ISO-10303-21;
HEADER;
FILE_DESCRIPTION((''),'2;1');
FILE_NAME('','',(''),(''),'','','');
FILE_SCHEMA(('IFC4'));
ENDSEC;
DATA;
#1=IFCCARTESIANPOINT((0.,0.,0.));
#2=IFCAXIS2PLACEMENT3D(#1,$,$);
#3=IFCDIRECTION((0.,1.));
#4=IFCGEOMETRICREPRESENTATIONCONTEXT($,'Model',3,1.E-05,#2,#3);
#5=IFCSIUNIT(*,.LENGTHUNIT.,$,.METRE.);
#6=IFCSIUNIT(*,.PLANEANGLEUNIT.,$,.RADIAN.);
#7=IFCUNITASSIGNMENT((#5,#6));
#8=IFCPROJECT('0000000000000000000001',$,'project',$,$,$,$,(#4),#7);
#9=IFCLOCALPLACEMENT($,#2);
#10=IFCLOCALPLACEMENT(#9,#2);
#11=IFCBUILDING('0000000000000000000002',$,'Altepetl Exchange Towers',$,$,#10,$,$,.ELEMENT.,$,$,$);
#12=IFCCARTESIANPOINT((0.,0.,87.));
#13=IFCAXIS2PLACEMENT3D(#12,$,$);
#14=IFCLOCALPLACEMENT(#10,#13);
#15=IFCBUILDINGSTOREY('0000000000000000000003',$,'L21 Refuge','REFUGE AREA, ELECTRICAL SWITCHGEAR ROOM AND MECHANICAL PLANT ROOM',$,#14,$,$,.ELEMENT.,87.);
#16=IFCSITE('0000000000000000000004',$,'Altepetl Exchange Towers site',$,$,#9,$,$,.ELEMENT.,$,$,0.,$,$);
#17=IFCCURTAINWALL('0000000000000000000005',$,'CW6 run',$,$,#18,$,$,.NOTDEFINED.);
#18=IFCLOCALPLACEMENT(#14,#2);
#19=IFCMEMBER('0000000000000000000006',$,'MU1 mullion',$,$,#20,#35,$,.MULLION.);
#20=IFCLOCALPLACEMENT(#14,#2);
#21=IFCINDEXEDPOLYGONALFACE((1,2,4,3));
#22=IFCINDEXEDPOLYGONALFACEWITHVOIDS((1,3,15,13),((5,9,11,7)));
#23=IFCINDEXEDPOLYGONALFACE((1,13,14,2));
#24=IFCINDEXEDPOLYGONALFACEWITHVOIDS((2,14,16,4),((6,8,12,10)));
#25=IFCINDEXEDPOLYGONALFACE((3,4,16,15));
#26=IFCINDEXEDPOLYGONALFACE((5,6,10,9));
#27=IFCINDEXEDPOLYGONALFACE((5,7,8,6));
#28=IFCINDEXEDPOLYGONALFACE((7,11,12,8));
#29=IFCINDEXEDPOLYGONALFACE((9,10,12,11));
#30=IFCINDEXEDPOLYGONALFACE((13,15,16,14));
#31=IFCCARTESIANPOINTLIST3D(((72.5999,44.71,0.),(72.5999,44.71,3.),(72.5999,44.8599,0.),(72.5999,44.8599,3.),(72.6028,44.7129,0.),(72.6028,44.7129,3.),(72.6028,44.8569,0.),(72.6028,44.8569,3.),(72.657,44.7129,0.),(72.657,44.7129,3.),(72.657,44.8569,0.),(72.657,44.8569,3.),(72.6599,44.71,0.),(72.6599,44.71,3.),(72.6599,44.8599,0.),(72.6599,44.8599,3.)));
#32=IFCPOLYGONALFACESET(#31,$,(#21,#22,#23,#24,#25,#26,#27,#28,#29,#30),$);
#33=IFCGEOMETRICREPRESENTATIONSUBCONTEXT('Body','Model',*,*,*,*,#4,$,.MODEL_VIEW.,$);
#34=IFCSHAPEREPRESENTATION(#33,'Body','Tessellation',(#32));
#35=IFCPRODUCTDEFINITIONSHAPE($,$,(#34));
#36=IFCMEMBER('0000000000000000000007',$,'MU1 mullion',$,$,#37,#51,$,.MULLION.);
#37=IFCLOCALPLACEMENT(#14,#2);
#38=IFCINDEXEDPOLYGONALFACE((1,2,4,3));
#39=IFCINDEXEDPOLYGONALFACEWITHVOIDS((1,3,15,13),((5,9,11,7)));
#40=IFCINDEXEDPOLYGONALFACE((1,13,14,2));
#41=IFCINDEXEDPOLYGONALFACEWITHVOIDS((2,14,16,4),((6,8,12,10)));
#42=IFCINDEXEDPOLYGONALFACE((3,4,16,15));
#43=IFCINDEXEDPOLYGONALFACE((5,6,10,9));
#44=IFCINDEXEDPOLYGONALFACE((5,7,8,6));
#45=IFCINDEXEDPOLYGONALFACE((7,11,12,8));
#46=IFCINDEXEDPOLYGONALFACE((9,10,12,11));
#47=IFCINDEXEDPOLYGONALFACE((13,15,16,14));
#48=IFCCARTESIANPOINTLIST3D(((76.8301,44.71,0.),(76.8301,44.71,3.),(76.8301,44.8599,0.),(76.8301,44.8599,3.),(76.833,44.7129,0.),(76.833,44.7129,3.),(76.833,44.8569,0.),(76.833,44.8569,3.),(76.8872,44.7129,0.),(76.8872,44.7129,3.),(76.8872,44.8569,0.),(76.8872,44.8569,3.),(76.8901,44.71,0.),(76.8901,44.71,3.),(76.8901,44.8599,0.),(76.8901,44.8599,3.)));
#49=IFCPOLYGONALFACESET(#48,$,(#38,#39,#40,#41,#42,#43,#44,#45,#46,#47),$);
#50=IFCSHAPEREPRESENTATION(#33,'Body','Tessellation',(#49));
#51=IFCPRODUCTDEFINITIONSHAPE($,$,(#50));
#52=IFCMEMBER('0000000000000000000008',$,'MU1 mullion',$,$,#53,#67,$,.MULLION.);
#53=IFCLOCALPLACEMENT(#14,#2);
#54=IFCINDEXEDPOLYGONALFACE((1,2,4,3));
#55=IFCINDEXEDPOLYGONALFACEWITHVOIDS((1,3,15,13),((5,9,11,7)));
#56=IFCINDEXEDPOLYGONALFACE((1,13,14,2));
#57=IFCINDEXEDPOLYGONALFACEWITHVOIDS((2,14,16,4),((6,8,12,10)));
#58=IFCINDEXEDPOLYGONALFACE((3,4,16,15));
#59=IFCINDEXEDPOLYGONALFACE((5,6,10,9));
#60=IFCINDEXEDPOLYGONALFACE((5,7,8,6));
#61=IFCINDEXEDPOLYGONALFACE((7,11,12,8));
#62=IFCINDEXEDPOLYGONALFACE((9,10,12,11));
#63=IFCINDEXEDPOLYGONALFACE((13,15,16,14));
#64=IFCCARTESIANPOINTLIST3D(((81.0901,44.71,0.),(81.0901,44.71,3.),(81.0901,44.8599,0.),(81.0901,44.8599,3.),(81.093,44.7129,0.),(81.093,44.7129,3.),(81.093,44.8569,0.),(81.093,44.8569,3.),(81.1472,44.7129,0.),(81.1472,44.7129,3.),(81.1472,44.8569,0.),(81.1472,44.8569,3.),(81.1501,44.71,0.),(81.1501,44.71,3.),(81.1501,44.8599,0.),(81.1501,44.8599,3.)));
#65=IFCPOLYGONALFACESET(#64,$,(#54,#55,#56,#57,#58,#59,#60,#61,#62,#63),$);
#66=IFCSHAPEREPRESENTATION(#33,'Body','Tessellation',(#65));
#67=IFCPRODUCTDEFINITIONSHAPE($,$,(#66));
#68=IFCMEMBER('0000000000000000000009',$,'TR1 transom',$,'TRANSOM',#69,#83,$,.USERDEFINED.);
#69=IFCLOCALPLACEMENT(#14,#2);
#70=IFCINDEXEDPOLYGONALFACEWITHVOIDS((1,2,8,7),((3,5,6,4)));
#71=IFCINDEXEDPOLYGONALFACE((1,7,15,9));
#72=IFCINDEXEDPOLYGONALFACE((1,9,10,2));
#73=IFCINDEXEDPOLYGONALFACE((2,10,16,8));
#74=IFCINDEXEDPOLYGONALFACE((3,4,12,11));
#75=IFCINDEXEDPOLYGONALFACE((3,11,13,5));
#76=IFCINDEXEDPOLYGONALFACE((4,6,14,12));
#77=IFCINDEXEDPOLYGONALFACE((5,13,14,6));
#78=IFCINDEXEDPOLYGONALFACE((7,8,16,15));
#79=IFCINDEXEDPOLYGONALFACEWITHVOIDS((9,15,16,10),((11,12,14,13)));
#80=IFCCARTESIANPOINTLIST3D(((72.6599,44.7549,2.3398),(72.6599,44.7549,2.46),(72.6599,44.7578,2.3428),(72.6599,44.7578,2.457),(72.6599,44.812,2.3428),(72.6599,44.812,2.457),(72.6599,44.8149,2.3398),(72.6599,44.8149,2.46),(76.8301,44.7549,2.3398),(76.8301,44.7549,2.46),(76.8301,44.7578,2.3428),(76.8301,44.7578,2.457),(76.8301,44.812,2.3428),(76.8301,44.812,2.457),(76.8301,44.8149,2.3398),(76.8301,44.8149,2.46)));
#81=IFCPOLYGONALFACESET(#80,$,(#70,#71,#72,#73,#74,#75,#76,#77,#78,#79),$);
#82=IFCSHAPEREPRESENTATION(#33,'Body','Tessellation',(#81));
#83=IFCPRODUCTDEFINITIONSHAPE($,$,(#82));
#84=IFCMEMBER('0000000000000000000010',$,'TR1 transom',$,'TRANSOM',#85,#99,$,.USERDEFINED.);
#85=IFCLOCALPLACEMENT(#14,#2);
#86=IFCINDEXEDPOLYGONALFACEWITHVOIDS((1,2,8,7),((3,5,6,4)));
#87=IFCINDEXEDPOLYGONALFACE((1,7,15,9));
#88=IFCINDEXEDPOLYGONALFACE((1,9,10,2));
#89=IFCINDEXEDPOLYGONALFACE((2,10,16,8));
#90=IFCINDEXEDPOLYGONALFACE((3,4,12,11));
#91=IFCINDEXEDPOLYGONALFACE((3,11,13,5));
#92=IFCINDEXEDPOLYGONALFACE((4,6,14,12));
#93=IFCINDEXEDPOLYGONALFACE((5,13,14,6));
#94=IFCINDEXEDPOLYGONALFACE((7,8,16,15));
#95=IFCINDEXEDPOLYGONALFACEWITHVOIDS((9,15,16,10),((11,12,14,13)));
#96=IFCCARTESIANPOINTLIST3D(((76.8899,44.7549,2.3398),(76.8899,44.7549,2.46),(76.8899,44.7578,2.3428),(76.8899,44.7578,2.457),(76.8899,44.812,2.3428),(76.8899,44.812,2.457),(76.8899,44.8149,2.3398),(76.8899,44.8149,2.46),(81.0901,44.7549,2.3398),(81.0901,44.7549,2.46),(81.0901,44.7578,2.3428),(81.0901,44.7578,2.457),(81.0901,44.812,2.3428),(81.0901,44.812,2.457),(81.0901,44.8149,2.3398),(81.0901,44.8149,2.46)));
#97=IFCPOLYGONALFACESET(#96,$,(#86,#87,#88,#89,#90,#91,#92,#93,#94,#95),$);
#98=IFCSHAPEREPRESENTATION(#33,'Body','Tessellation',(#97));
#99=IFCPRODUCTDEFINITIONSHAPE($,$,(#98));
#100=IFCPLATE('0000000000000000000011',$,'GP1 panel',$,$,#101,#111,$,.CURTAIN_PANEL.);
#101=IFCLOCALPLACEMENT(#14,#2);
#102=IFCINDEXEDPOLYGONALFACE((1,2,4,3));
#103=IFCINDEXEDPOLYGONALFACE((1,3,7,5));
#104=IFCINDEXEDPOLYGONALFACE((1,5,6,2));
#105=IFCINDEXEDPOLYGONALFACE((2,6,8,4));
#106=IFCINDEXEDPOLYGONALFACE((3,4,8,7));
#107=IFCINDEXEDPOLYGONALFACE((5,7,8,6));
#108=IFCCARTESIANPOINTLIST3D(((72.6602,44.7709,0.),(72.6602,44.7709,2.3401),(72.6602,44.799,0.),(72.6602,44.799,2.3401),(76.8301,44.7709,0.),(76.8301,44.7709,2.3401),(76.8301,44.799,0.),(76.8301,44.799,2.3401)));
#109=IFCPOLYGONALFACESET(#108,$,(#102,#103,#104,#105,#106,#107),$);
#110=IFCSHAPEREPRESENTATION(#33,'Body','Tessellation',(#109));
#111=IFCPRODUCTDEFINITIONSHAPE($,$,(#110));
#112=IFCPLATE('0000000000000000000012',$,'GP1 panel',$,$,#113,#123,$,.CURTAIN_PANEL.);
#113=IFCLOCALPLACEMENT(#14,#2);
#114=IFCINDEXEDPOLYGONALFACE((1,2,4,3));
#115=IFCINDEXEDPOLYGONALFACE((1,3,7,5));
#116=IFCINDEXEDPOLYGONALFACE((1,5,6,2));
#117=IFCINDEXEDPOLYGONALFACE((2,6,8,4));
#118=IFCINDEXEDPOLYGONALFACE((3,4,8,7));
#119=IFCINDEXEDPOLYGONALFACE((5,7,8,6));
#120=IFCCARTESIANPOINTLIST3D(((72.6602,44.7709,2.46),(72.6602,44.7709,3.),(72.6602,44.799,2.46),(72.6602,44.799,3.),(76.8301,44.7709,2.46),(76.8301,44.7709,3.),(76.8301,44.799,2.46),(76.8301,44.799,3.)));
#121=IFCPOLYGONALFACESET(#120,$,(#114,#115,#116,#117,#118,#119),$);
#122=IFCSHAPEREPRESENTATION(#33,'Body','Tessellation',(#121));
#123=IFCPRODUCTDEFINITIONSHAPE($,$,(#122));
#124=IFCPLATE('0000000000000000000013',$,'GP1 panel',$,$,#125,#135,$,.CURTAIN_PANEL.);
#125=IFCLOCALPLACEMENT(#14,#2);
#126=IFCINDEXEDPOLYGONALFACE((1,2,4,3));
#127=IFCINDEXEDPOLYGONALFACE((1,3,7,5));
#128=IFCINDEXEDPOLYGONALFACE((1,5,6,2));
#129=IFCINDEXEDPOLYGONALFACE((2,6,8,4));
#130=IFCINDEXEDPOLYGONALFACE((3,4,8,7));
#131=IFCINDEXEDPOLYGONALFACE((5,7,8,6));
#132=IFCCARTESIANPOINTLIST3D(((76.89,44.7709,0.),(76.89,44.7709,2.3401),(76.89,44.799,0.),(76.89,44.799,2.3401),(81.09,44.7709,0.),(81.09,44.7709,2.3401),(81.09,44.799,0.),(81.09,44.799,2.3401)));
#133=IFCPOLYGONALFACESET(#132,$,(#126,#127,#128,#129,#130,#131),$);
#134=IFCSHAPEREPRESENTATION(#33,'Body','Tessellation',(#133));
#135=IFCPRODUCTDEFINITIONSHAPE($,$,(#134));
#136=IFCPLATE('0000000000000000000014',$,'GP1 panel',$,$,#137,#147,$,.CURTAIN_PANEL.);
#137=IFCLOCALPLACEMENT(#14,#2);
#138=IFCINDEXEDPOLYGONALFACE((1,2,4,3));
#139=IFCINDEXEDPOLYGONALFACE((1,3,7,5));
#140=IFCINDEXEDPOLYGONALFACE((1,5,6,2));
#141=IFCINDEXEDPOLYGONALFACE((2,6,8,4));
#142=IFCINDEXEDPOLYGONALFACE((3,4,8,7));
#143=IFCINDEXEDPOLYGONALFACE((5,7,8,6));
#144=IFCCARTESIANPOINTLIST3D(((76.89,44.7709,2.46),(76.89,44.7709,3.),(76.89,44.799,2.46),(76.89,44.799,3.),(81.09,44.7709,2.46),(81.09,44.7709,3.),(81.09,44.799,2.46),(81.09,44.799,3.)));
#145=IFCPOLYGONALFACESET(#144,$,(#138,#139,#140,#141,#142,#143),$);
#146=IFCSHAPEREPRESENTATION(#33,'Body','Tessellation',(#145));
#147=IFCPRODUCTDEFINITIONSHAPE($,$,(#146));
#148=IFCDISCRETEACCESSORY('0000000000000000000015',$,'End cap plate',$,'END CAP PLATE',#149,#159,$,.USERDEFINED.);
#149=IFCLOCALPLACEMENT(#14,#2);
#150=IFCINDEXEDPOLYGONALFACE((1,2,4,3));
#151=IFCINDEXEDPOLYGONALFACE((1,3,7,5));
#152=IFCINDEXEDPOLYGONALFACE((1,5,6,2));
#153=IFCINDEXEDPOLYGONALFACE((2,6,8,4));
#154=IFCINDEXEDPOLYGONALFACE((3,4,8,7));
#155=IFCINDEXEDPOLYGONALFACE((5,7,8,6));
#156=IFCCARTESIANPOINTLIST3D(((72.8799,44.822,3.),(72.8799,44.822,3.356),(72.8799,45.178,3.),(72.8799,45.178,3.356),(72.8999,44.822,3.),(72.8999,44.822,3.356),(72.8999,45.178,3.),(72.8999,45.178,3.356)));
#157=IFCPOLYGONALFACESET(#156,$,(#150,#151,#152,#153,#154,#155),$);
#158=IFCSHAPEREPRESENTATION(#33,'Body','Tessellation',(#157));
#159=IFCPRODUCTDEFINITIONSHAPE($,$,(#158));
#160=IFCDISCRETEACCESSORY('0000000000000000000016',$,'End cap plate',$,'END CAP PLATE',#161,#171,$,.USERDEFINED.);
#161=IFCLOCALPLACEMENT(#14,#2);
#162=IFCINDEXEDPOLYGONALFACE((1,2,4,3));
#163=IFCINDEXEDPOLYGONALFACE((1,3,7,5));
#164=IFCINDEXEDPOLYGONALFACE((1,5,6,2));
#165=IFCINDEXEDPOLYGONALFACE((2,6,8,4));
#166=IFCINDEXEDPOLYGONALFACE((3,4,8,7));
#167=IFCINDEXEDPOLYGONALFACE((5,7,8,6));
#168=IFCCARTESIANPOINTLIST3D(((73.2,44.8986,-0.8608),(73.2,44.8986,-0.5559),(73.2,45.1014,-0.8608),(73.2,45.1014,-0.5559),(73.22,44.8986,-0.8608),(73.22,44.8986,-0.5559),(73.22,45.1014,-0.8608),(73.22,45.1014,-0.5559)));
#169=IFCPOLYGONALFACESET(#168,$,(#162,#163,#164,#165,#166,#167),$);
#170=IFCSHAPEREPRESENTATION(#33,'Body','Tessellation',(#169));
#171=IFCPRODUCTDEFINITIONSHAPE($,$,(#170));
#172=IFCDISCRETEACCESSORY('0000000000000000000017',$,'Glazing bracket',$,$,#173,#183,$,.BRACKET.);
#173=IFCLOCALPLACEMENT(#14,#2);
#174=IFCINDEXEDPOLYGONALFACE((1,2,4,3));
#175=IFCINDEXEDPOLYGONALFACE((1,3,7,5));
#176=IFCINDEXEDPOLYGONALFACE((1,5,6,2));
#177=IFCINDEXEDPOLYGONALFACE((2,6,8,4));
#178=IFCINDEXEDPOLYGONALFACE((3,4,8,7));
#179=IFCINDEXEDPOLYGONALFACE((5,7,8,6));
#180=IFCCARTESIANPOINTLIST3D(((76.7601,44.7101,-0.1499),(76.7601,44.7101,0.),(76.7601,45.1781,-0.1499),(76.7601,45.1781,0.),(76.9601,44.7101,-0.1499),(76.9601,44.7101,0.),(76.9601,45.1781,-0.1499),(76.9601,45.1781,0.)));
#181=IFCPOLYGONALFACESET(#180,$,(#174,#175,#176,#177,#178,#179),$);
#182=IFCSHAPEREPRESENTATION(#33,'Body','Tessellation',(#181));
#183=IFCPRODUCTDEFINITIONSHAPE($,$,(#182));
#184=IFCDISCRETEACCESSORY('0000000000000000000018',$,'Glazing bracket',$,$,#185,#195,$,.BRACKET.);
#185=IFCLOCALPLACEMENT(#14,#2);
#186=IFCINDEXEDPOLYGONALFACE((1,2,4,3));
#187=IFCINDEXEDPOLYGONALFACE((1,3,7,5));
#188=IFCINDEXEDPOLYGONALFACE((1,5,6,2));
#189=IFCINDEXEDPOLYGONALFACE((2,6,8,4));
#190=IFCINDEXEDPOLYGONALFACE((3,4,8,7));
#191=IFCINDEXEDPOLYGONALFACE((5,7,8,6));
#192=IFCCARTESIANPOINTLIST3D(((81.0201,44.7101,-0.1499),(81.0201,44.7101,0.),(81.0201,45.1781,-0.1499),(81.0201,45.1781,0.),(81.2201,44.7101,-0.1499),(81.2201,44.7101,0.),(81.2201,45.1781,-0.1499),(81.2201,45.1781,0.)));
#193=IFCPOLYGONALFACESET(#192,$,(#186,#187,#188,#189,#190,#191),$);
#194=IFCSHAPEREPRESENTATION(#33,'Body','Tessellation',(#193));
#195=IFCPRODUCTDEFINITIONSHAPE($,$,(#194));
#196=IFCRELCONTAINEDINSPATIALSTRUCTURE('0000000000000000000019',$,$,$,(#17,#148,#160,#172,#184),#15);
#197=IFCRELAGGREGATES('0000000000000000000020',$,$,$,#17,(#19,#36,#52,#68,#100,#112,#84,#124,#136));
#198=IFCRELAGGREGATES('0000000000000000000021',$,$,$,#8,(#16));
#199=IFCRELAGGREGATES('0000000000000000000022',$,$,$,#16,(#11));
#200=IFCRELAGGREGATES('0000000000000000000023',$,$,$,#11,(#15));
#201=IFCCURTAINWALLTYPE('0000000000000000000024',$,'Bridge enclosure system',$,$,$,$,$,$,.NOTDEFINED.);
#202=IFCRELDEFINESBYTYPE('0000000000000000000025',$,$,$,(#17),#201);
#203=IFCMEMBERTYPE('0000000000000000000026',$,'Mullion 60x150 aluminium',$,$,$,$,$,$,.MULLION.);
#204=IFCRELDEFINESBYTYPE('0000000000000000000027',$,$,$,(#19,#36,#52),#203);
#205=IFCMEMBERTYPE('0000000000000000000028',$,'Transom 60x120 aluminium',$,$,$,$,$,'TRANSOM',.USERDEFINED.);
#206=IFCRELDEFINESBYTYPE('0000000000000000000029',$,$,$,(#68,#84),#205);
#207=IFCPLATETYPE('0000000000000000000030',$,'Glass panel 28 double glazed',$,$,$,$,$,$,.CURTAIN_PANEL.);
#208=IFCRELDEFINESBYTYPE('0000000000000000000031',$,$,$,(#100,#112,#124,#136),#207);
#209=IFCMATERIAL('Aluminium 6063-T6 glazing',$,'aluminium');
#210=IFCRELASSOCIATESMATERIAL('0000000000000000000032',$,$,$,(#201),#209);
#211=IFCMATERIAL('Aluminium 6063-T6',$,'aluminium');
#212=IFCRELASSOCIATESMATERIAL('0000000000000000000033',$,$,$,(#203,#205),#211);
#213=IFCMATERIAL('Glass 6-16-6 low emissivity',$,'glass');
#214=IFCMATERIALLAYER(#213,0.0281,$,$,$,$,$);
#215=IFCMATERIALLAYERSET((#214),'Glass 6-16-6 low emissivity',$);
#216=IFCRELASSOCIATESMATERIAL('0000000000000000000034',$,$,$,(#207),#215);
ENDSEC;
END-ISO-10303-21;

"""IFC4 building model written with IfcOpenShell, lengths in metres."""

from ifc_helpers import new_model, si_unit, direction, frame, origin, origin_2d, place, context, subcontext, project, spatial, rectangle, hollow_rectangle, extrude, material, layer, layer_set, material_profile, profile_set, type_object, element, aggregate, save


model = new_model("IFC4")

# Units and contexts
model_context = context("Model", 3, precision=1e-05, world=origin(), true_north=direction((0.0, 1.0)))
body_context = subcontext(model_context, "Body", "Model", "MODEL_VIEW")
ifc_project = project(units=[si_unit("LENGTHUNIT", "METRE"), si_unit("PLANEANGLEUNIT", "RADIAN")], contexts=[model_context])

# Site, building, storey
site_placement = place(None, origin())
site = spatial("IfcSite", under=ifc_project, at=site_placement, Name="Altepetl Exchange Towers site", CompositionType="ELEMENT", RefElevation=0.0)
building_placement = place(site_placement, origin())
building = spatial("IfcBuilding", under=site, at=building_placement, Name="Altepetl Exchange Towers", CompositionType="ELEMENT")
storey_placement = place(building_placement, frame((0.0, 0.0, 87.0)))
storey = spatial("IfcBuildingStorey", under=building, at=storey_placement, Name="L21 Refuge", Description="REFUGE AREA, ELECTRICAL SWITCHGEAR ROOM AND MECHANICAL PLANT ROOM", CompositionType="ELEMENT", Elevation=87.0)

# Curtain wall, members, plates
ifc_material_1 = material(Name="Aluminium 6063-T6 glazing", Category="aluminium")
curtain_wall_type = type_object("IfcCurtainWallType", Name="Bridge enclosure system", PredefinedType="NOTDEFINED", material=ifc_material_1)
curtain_wall_placement = place(storey_placement, origin())
curtain_wall = element("IfcCurtainWall", 1, at=curtain_wall_placement, inside=storey, type_object=curtain_wall_type, Name="CW6 run", PredefinedType="NOTDEFINED")
ifc_material_2 = material(Name="Aluminium 6063-T6", Category="aluminium")
ifc_material_profile_1 = material_profile(ifc_material_2, hollow_rectangle(XDim=0.0601, YDim=0.1499, WallThickness=0.0029, at=origin_2d()), Name="Mullion 60x150 aluminium")
ifc_profile_set_1 = profile_set([ifc_material_profile_1], Name="Aluminium 6063-T6")
member_type_1 = type_object("IfcMemberType", Name="Mullion 60x150 aluminium", PredefinedType="MULLION", material=ifc_profile_set_1)
member_1_placement = place(storey_placement, frame((72.6299, 44.7849, 0.0)))
member_1 = element("IfcMember", 2, at=member_1_placement, type_object=member_type_1, Name="MU1 mullion", PredefinedType="MULLION", context=body_context, shape_type="SweptSolid", body=[
    extrude(hollow_rectangle(XDim=0.0601, YDim=0.1499, WallThickness=0.0029, at=origin_2d()), origin(), (0.0, 0.0, 1.0), 3.0),
])
member_2_placement = place(storey_placement, frame((76.8601, 44.7849, 0.0)))
member_2 = element("IfcMember", 3, at=member_2_placement, type_object=member_type_1, Name="MU1 mullion", PredefinedType="MULLION", context=body_context, shape_type="SweptSolid", body=[
    extrude(hollow_rectangle(XDim=0.0601, YDim=0.1499, WallThickness=0.0029, at=origin_2d()), origin(), (0.0, 0.0, 1.0), 3.0),
])
member_3_placement = place(storey_placement, frame((81.1201, 44.7849, 0.0)))
member_3 = element("IfcMember", 4, at=member_3_placement, type_object=member_type_1, Name="MU1 mullion", PredefinedType="MULLION", context=body_context, shape_type="SweptSolid", body=[
    extrude(hollow_rectangle(XDim=0.0601, YDim=0.1499, WallThickness=0.0029, at=origin_2d()), origin(), (0.0, 0.0, 1.0), 3.0),
])
ifc_material_profile_2 = material_profile(ifc_material_2, hollow_rectangle(XDim=0.0601, YDim=0.1201, WallThickness=0.0029, at=origin_2d()), Name="Transom 60x120 aluminium")
ifc_profile_set_2 = profile_set([ifc_material_profile_2], Name="Aluminium 6063-T6")
member_type_2 = type_object("IfcMemberType", Name="Transom 60x120 aluminium", ElementType="TRANSOM", PredefinedType="USERDEFINED", material=ifc_profile_set_2)
member_4_placement = place(storey_placement, frame((72.6599, 44.7849, 2.3999), z_axis=(1.0, 0.0, 0.0), x_axis=(0.0, 1.0, 0.0)))
member_4 = element("IfcMember", 5, at=member_4_placement, type_object=member_type_2, Name="TR1 transom", ObjectType="TRANSOM", PredefinedType="USERDEFINED", context=body_context, shape_type="SweptSolid", body=[
    extrude(hollow_rectangle(XDim=0.0601, YDim=0.1201, WallThickness=0.0029, at=origin_2d()), origin(), (0.0, 0.0, 1.0), 4.1702),
])
member_5_placement = place(storey_placement, frame((76.8899, 44.7849, 2.3999), z_axis=(1.0, 0.0, 0.0), x_axis=(0.0, 1.0, 0.0)))
member_5 = element("IfcMember", 6, at=member_5_placement, type_object=member_type_2, Name="TR1 transom", ObjectType="TRANSOM", PredefinedType="USERDEFINED", context=body_context, shape_type="SweptSolid", body=[
    extrude(hollow_rectangle(XDim=0.0601, YDim=0.1201, WallThickness=0.0029, at=origin_2d()), origin(), (0.0, 0.0, 1.0), 4.2002),
])
ifc_material_3 = material(Name="Glass 6-16-6 low emissivity", Category="glass")
ifc_layer = layer(ifc_material_3, 0.0281)
ifc_layer_set = layer_set([ifc_layer], Name="Glass 6-16-6 low emissivity")
plate_type = type_object("IfcPlateType", Name="Glass panel 28 double glazed", PredefinedType="CURTAIN_PANEL", material=ifc_layer_set)
plate_1_placement = place(storey_placement, frame((74.7451, 44.7849, 0.0)))
plate_1 = element("IfcPlate", 7, at=plate_1_placement, type_object=plate_type, Name="GP1 panel", PredefinedType="CURTAIN_PANEL", context=body_context, shape_type="SweptSolid", body=[
    extrude(rectangle(XDim=4.1699, YDim=0.0281, at=origin_2d()), origin(), (0.0, 0.0, 1.0), 2.3401),
])
plate_2_placement = place(storey_placement, frame((74.7451, 44.7849, 2.46)))
plate_2 = element("IfcPlate", 8, at=plate_2_placement, type_object=plate_type, Name="GP1 panel", PredefinedType="CURTAIN_PANEL", context=body_context, shape_type="SweptSolid", body=[
    extrude(rectangle(XDim=4.1699, YDim=0.0281, at=origin_2d()), origin(), (0.0, 0.0, 1.0), 0.54),
])
plate_3_placement = place(storey_placement, frame((78.99, 44.7849, 0.0)))
plate_3 = element("IfcPlate", 9, at=plate_3_placement, type_object=plate_type, Name="GP1 panel", PredefinedType="CURTAIN_PANEL", context=body_context, shape_type="SweptSolid", body=[
    extrude(rectangle(XDim=4.2, YDim=0.0281, at=origin_2d()), origin(), (0.0, 0.0, 1.0), 2.3401),
])
plate_4_placement = place(storey_placement, frame((78.99, 44.7849, 2.46)))
plate_4 = element("IfcPlate", 10, at=plate_4_placement, type_object=plate_type, Name="GP1 panel", PredefinedType="CURTAIN_PANEL", context=body_context, shape_type="SweptSolid", body=[
    extrude(rectangle(XDim=4.2, YDim=0.0281, at=origin_2d()), origin(), (0.0, 0.0, 1.0), 0.54),
])
aggregate(curtain_wall, [member_1, member_2, member_3, member_4, plate_1, plate_2, member_5, plate_3, plate_4])

# Discrete accessories
discrete_accessory_1_placement = place(storey_placement, frame((72.8899, 45.0, 3.0), z_axis=(0.0, 0.0, 1.0), x_axis=(-1.0, 0.0, 0.0)))
element("IfcDiscreteAccessory", 11, at=discrete_accessory_1_placement, inside=storey, Name="End cap plate", ObjectType="END CAP PLATE", PredefinedType="USERDEFINED", context=body_context, shape_type="SweptSolid", body=[
    extrude(rectangle(XDim=0.02, YDim=0.356, at=origin_2d()), origin(), (0.0, 0.0, 1.0), 0.356),
])
discrete_accessory_2_placement = place(storey_placement, frame((73.21, 45.0, -0.8608)))
element("IfcDiscreteAccessory", 12, at=discrete_accessory_2_placement, inside=storey, Name="End cap plate", ObjectType="END CAP PLATE", PredefinedType="USERDEFINED", context=body_context, shape_type="SweptSolid", body=[
    extrude(rectangle(XDim=0.02, YDim=0.2029, at=origin_2d()), origin(), (0.0, 0.0, 1.0), 0.3049),
])
for number, where, name in (
    (13, (76.8601, 44.9441, -0.1499), "Glazing bracket"),
    (14, (81.1201, 44.9441, -0.1499), "Glazing bracket"),
):
    element("IfcDiscreteAccessory", number, at=place(storey_placement, frame(where)), inside=storey, Name=name, PredefinedType="BRACKET", context=body_context, shape_type="SweptSolid", body=[
        extrude(rectangle(XDim=0.2, YDim=0.468, at=origin_2d()), origin(), (0.0, 0.0, 1.0), 0.1499),
    ])

save(model, "model.ifc")
